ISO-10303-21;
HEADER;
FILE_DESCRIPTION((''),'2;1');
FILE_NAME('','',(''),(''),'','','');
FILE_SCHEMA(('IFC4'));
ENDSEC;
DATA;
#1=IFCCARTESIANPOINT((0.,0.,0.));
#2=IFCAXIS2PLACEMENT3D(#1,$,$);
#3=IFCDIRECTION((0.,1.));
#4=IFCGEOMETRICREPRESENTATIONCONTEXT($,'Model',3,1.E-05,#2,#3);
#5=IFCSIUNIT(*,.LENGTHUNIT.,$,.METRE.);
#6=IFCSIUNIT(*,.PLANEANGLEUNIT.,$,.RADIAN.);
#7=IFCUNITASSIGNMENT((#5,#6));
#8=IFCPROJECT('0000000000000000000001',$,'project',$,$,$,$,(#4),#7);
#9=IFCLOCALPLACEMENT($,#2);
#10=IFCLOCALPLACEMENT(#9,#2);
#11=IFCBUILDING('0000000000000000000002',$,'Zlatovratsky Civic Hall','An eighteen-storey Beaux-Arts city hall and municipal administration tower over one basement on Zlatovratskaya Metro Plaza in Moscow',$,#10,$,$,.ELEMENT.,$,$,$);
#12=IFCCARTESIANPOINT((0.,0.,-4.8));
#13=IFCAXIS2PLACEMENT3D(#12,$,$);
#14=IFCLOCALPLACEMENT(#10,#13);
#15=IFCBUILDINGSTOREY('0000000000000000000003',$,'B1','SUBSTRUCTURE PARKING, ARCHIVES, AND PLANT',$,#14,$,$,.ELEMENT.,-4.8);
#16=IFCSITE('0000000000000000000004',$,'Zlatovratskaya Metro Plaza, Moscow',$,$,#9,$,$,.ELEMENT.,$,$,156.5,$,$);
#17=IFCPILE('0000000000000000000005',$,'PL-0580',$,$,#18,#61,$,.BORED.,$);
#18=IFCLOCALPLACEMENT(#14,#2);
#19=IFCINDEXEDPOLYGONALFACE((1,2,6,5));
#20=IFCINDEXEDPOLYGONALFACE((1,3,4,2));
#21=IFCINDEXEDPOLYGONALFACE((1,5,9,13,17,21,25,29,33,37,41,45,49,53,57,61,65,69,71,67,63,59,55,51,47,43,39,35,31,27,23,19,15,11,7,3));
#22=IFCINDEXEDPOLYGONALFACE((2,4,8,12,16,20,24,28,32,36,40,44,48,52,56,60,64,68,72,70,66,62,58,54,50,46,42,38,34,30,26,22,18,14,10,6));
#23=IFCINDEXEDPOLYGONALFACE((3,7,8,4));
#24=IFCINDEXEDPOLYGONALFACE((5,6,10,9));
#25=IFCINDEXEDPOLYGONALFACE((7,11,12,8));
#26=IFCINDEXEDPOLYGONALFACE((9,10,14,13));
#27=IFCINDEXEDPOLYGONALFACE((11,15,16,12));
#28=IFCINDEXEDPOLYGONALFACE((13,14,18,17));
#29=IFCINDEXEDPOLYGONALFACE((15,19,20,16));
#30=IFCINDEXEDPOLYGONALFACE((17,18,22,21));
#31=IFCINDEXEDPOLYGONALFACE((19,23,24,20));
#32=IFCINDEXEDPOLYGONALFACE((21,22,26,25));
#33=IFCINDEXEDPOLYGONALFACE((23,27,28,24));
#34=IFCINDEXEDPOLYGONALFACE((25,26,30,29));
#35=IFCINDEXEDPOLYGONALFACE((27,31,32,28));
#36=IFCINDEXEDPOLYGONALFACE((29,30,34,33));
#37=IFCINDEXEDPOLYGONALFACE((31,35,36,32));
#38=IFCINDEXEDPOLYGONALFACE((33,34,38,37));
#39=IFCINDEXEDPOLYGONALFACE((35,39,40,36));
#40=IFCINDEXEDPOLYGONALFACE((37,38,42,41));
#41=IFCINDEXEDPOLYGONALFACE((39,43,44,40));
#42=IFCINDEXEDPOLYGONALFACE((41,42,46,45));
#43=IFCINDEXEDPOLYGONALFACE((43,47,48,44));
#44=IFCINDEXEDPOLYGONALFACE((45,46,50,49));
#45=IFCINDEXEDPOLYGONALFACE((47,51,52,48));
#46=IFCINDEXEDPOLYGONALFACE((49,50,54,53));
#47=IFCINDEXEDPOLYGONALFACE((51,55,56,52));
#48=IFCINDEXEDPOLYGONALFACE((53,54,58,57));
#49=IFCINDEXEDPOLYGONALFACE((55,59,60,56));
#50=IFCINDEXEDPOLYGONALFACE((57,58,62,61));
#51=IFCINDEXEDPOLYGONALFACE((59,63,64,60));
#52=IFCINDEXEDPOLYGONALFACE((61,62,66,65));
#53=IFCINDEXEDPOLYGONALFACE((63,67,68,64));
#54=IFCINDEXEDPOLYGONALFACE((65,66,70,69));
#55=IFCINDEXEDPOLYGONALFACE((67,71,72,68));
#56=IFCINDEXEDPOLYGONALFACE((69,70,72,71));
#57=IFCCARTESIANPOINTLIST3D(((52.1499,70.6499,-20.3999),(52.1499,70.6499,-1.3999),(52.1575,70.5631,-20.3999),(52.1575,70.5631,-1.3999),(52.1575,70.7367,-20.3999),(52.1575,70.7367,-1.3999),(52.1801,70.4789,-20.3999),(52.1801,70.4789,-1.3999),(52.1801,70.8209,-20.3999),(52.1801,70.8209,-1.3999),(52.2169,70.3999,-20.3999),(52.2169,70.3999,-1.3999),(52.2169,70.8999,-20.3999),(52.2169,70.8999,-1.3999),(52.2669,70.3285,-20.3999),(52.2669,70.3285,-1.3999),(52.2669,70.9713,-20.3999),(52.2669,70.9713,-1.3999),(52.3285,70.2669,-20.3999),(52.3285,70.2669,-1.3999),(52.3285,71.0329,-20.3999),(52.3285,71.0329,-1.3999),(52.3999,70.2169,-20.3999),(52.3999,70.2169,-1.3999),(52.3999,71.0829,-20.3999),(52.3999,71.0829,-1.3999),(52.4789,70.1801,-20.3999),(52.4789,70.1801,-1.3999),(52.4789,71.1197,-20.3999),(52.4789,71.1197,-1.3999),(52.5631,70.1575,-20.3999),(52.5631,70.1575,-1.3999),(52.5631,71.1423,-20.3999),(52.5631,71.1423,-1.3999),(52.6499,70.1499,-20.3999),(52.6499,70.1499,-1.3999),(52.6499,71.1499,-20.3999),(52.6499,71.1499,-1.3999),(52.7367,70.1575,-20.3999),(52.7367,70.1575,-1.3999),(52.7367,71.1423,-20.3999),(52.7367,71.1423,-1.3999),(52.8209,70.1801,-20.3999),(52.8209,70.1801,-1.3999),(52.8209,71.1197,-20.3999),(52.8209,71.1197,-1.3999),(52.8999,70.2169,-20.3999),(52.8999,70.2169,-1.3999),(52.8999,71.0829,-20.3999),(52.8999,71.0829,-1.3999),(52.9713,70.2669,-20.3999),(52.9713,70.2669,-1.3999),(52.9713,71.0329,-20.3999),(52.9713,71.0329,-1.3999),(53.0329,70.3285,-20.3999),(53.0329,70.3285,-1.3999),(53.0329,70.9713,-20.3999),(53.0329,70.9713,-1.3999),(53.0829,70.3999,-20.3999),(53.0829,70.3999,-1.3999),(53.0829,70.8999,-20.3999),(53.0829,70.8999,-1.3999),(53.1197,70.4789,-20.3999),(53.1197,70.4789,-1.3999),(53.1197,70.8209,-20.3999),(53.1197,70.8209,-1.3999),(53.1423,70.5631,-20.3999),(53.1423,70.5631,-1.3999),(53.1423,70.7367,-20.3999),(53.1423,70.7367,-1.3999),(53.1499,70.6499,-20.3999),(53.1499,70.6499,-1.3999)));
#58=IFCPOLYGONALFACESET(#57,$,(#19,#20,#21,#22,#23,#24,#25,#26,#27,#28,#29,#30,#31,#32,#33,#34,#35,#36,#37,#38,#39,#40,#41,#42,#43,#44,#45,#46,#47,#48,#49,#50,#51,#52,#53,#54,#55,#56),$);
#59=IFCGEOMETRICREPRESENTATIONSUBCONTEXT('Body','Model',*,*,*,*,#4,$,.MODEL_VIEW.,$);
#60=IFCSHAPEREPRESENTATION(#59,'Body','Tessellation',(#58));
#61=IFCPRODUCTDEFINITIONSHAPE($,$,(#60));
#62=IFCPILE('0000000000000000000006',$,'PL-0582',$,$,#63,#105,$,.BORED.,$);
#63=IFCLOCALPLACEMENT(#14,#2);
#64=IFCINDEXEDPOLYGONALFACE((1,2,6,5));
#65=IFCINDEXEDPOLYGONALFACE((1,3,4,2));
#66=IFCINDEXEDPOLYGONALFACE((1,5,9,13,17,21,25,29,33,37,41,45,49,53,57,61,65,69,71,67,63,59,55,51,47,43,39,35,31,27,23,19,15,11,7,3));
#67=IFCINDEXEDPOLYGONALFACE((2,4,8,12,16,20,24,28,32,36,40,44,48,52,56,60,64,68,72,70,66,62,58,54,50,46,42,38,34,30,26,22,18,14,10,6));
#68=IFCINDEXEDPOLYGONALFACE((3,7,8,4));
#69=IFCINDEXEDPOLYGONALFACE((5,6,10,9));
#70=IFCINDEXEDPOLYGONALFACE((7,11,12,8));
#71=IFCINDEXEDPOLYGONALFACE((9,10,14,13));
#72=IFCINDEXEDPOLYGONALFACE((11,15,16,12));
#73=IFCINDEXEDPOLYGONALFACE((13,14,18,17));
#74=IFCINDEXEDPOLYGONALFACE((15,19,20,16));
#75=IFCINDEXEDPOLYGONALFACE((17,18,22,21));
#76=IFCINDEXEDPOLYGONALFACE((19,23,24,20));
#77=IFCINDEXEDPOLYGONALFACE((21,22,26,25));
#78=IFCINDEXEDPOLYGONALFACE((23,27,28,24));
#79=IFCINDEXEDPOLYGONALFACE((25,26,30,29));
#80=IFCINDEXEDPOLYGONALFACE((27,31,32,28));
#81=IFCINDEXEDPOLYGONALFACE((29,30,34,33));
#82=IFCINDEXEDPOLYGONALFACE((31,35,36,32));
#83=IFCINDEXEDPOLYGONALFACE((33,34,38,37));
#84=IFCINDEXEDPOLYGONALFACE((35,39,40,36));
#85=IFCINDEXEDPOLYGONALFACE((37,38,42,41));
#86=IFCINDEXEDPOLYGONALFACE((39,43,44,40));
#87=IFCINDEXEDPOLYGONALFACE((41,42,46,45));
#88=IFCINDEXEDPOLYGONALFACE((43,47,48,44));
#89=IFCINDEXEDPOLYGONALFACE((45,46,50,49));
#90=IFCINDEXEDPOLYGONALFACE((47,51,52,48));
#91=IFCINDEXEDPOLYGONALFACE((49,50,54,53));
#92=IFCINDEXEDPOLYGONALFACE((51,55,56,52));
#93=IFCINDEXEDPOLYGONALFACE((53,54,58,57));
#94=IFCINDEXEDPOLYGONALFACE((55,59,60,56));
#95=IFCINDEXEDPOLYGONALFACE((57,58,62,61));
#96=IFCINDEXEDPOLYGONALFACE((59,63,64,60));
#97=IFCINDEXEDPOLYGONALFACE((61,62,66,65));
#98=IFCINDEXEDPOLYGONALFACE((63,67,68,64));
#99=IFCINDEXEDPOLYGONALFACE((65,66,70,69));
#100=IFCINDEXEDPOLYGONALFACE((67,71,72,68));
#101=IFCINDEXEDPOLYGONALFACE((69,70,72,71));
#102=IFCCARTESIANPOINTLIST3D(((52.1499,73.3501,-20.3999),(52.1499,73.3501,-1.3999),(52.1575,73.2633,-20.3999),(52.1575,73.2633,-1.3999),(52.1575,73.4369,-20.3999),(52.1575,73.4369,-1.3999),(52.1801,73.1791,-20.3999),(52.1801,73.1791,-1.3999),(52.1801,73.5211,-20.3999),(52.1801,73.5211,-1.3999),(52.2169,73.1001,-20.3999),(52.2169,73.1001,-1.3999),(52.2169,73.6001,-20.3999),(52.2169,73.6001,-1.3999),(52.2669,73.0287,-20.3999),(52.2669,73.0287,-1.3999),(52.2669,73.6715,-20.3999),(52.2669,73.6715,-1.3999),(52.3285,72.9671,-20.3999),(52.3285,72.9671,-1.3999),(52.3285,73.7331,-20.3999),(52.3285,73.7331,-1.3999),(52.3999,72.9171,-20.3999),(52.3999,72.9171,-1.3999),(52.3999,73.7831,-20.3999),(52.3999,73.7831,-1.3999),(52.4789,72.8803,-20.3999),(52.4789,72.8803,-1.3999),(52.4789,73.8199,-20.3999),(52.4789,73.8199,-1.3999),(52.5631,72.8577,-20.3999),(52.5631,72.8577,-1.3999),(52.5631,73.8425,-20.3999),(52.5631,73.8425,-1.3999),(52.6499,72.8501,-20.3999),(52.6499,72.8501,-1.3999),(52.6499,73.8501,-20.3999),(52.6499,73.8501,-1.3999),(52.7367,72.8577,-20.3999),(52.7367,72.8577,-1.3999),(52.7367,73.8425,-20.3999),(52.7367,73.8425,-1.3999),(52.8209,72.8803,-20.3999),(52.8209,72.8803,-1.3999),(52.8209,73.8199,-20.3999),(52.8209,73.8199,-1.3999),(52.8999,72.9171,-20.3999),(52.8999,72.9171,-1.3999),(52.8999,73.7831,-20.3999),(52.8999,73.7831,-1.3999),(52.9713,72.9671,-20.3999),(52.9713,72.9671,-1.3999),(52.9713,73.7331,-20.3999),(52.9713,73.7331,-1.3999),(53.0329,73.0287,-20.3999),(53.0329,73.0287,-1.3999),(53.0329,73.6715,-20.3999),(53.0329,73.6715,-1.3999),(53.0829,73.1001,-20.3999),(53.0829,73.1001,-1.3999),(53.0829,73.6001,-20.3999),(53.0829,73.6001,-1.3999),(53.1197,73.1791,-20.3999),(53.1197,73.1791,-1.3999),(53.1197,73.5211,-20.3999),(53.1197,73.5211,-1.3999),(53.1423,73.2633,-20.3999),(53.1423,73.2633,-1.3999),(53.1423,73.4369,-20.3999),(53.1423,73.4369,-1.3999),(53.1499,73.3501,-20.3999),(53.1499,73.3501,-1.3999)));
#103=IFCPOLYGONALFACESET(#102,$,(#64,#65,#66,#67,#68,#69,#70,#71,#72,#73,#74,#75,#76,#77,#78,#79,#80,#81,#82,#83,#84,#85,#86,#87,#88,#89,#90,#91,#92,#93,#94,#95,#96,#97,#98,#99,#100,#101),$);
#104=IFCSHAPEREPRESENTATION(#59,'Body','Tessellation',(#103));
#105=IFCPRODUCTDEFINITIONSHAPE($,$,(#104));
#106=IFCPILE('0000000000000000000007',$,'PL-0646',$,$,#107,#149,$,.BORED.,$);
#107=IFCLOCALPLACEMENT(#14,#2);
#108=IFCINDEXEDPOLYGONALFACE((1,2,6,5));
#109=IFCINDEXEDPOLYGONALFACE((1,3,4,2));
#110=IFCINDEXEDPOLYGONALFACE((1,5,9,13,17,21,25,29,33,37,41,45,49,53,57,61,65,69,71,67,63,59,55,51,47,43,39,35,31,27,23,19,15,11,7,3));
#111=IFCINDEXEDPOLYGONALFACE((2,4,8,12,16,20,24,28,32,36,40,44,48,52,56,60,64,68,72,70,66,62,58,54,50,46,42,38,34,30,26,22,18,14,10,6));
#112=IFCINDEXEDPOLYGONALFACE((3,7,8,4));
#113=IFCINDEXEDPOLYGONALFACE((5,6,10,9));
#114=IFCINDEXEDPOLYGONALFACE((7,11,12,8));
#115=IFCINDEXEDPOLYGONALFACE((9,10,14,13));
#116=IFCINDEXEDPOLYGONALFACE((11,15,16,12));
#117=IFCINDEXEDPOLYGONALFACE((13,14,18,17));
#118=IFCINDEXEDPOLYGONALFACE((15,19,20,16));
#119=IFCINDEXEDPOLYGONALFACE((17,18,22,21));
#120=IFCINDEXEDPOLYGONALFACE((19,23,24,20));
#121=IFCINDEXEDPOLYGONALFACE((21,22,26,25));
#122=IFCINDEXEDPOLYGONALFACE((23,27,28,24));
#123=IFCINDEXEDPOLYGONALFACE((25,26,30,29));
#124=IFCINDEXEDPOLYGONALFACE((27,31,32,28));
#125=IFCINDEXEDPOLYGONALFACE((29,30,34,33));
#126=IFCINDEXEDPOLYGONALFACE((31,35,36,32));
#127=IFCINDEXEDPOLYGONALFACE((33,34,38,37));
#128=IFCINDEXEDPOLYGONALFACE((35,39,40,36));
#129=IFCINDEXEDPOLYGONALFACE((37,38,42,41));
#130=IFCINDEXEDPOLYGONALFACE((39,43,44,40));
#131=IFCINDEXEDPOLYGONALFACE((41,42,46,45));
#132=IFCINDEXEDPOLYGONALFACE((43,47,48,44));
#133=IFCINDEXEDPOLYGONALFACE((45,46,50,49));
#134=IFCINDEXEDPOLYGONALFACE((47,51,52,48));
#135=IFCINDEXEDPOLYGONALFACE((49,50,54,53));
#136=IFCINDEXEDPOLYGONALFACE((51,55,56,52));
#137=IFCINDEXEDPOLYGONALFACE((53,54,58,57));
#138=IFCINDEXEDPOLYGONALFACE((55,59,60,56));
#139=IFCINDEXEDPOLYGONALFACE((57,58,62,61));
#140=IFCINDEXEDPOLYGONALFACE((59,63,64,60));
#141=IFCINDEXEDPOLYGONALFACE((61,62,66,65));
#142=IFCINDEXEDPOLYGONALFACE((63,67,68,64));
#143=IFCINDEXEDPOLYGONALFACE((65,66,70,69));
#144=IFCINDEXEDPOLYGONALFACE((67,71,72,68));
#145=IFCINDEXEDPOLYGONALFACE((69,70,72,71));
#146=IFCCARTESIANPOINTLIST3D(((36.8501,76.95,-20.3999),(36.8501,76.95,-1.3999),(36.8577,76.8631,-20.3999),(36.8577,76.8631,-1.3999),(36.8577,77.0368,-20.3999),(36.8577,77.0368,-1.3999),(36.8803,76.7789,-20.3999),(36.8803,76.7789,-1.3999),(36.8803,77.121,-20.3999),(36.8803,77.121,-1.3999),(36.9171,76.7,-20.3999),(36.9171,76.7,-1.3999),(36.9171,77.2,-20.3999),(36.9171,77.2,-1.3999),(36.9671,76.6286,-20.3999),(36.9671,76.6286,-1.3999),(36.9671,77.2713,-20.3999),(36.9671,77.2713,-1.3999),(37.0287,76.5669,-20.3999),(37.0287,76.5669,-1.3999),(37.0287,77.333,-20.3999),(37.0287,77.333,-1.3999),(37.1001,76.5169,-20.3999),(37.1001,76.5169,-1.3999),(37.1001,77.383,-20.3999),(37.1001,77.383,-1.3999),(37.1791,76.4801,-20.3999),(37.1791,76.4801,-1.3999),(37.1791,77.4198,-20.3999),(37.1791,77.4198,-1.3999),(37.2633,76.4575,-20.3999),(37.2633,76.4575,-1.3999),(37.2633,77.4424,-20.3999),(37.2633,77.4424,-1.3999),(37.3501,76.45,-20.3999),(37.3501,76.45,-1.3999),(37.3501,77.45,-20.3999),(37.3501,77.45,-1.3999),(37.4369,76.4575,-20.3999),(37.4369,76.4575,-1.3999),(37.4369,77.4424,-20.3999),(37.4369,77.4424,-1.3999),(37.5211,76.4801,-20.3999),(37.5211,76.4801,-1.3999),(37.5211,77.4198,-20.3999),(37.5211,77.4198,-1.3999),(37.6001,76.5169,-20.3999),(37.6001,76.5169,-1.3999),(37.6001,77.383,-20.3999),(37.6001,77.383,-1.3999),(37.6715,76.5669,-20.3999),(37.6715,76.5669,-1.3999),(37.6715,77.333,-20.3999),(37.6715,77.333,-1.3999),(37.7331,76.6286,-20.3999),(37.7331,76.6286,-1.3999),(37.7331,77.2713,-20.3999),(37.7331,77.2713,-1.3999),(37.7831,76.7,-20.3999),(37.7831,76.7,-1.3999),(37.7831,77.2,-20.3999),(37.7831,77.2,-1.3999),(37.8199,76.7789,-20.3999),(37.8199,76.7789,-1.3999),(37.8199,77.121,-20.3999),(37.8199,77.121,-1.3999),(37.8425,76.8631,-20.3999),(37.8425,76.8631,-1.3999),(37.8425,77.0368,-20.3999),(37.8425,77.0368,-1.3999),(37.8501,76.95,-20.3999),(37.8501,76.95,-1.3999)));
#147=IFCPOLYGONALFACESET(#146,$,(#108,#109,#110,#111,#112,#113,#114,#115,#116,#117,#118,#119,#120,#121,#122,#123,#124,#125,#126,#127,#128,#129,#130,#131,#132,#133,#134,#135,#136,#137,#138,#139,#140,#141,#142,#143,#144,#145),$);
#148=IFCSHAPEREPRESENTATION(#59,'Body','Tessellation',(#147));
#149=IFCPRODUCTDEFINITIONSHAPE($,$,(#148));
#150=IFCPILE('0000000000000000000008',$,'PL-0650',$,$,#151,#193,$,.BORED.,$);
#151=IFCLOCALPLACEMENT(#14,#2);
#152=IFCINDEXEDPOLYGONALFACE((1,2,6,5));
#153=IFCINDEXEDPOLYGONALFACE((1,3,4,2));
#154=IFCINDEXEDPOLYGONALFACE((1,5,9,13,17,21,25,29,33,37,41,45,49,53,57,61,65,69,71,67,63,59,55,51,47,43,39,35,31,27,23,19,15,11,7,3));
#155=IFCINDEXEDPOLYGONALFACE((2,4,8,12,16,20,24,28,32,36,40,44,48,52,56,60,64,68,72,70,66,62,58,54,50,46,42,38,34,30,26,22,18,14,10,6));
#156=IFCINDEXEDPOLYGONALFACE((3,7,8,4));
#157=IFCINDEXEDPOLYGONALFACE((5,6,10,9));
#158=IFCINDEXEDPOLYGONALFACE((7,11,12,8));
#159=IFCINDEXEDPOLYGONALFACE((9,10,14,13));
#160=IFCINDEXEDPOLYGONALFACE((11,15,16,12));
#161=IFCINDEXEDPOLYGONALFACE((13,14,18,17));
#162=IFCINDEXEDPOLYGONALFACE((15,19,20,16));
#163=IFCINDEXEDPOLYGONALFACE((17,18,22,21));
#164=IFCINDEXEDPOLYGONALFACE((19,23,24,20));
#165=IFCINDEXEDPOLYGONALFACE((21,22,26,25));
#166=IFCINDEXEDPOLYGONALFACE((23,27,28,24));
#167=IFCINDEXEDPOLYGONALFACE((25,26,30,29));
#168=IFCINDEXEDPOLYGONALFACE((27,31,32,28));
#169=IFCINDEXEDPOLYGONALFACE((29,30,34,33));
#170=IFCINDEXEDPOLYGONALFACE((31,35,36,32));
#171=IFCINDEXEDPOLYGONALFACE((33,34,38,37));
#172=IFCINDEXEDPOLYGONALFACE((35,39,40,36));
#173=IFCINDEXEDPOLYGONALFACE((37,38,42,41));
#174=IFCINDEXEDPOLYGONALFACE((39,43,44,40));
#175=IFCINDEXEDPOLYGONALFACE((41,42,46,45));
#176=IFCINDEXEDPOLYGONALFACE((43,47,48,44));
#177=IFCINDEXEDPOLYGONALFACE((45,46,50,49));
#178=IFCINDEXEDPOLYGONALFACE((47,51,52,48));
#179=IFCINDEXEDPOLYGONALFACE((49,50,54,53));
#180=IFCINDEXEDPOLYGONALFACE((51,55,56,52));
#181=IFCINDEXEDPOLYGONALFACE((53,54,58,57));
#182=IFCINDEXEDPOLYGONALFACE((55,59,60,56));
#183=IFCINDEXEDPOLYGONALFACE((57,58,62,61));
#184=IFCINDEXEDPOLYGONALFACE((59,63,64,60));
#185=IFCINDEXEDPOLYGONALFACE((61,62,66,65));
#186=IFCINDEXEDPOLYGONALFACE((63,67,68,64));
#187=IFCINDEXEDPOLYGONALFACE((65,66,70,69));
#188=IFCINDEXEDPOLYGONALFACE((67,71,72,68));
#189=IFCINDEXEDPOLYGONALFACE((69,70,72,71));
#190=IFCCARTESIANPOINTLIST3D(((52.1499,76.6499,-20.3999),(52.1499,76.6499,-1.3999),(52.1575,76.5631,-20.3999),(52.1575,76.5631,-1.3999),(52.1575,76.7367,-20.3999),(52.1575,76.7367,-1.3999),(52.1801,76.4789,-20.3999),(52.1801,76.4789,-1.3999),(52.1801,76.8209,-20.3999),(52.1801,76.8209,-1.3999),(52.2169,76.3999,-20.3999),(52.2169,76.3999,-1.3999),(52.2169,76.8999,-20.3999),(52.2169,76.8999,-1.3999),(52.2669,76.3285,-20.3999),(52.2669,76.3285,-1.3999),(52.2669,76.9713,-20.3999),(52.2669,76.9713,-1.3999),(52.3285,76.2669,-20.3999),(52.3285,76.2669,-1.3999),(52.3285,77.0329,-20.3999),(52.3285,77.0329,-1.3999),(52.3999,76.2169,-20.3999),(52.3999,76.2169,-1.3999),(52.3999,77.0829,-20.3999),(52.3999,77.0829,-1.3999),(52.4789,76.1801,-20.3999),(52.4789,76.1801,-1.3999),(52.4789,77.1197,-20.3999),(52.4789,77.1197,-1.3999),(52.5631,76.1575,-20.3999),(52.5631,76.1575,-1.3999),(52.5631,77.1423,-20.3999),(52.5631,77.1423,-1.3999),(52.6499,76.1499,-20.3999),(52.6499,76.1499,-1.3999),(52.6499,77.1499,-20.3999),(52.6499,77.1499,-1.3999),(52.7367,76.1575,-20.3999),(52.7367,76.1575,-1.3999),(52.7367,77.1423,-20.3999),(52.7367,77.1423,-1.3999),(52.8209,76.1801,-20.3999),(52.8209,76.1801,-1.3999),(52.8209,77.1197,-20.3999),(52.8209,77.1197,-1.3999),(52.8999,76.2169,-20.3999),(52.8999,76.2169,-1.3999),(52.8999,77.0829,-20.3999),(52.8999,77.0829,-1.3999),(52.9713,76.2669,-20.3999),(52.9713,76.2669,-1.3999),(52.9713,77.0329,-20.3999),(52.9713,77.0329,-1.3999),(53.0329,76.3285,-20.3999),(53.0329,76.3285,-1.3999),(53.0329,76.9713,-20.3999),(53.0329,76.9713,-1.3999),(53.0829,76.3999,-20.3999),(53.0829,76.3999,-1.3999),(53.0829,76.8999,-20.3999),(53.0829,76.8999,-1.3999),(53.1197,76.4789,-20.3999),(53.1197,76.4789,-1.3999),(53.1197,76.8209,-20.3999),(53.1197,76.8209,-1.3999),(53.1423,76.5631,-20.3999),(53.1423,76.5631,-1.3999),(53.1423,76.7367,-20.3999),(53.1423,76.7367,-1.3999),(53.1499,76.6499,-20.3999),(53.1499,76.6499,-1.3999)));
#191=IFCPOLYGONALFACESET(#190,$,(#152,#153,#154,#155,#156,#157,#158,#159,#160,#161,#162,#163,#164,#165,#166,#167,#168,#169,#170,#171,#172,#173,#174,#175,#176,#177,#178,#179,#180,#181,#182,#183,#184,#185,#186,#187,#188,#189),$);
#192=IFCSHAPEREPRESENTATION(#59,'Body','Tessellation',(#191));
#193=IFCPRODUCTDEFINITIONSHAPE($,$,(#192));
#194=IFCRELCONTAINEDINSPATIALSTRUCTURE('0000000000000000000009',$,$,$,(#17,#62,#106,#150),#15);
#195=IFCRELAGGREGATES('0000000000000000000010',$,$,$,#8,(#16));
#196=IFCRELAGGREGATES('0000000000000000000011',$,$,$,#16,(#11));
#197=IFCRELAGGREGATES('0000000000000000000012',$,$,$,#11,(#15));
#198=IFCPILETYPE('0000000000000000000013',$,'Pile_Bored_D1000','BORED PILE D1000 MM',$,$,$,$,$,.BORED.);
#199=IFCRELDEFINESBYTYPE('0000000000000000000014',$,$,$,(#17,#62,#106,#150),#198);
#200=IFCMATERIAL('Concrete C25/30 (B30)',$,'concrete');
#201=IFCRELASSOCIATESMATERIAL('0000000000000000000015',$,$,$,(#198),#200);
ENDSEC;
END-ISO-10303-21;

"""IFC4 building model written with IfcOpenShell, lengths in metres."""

from ifc_helpers import new_model, si_unit, direction, frame, origin, origin_2d, place, context, subcontext, project, spatial, circle, extrude, material, material_profile, profile_set, type_object, element, save


model = new_model("IFC4")

# Units and contexts
model_context = context("Model", 3, precision=1e-05, world=origin(), true_north=direction((0.0, 1.0)))
body_context = subcontext(model_context, "Body", "Model", "MODEL_VIEW")
ifc_project = project(units=[si_unit("LENGTHUNIT", "METRE"), si_unit("PLANEANGLEUNIT", "RADIAN")], contexts=[model_context])

# Site, building, storey
site_placement = place(None, origin())
site = spatial("IfcSite", under=ifc_project, at=site_placement, Name="Zlatovratskaya Metro Plaza, Moscow", CompositionType="ELEMENT", RefElevation=156.5)
building_placement = place(site_placement, origin())
building = spatial("IfcBuilding", under=site, at=building_placement, Name="Zlatovratsky Civic Hall", Description="An eighteen-storey Beaux-Arts city hall and municipal administration tower over one basement on Zlatovratskaya Metro Plaza in Moscow", CompositionType="ELEMENT")
storey_placement = place(building_placement, frame((0.0, 0.0, -4.8)))
storey = spatial("IfcBuildingStorey", under=building, at=storey_placement, Name="B1", Description="SUBSTRUCTURE PARKING, ARCHIVES, AND PLANT", CompositionType="ELEMENT", Elevation=-4.8)

# Shared definitions
ifc_material_1 = material(Name="Concrete C25/30 (B30)", Category="concrete")

# Piles
ifc_material_profile_1 = material_profile(ifc_material_1, circle(Radius=0.5, at=origin_2d()), Name="PILE D1000")
ifc_profile_set_1 = profile_set([ifc_material_profile_1], Name="Concrete C25/30 (B30)")
pile_type_1 = type_object("IfcPileType", Name="Pile_Bored_D1000", Description="BORED PILE D1000 MM", PredefinedType="BORED", material=ifc_profile_set_1)
for number, where, z_axis, x_axis, name in (
    (1, (52.6499, 70.6499, -1.3999), (0.0, 0.0, -1.0), (1.0, 0.0, 0.0), "PL-0580"),
    (2, (52.6499, 73.3501, -1.3999), (0.0, 0.0, -1.0), (1.0, 0.0, 0.0), "PL-0582"),
    (3, (37.3501, 76.95, -1.3999), (0.0, 0.0, -1.0), (1.0, 0.0, 0.0), "PL-0646"),
    (4, (52.6499, 76.6499, -1.3999), (0.0, 0.0, -1.0), (1.0, 0.0, 0.0), "PL-0650"),
):
    element("IfcPile", number, at=place(storey_placement, frame(where, z_axis=z_axis, x_axis=x_axis)), inside=storey, type_object=pile_type_1, Name=name, PredefinedType="BORED", context=body_context, shape_type="SweptSolid", body=[
        extrude(circle(Radius=0.5, at=origin_2d()), origin(), (0.0, 0.0, 1.0), 19.0),
    ])

save(model, "model.ifc")
